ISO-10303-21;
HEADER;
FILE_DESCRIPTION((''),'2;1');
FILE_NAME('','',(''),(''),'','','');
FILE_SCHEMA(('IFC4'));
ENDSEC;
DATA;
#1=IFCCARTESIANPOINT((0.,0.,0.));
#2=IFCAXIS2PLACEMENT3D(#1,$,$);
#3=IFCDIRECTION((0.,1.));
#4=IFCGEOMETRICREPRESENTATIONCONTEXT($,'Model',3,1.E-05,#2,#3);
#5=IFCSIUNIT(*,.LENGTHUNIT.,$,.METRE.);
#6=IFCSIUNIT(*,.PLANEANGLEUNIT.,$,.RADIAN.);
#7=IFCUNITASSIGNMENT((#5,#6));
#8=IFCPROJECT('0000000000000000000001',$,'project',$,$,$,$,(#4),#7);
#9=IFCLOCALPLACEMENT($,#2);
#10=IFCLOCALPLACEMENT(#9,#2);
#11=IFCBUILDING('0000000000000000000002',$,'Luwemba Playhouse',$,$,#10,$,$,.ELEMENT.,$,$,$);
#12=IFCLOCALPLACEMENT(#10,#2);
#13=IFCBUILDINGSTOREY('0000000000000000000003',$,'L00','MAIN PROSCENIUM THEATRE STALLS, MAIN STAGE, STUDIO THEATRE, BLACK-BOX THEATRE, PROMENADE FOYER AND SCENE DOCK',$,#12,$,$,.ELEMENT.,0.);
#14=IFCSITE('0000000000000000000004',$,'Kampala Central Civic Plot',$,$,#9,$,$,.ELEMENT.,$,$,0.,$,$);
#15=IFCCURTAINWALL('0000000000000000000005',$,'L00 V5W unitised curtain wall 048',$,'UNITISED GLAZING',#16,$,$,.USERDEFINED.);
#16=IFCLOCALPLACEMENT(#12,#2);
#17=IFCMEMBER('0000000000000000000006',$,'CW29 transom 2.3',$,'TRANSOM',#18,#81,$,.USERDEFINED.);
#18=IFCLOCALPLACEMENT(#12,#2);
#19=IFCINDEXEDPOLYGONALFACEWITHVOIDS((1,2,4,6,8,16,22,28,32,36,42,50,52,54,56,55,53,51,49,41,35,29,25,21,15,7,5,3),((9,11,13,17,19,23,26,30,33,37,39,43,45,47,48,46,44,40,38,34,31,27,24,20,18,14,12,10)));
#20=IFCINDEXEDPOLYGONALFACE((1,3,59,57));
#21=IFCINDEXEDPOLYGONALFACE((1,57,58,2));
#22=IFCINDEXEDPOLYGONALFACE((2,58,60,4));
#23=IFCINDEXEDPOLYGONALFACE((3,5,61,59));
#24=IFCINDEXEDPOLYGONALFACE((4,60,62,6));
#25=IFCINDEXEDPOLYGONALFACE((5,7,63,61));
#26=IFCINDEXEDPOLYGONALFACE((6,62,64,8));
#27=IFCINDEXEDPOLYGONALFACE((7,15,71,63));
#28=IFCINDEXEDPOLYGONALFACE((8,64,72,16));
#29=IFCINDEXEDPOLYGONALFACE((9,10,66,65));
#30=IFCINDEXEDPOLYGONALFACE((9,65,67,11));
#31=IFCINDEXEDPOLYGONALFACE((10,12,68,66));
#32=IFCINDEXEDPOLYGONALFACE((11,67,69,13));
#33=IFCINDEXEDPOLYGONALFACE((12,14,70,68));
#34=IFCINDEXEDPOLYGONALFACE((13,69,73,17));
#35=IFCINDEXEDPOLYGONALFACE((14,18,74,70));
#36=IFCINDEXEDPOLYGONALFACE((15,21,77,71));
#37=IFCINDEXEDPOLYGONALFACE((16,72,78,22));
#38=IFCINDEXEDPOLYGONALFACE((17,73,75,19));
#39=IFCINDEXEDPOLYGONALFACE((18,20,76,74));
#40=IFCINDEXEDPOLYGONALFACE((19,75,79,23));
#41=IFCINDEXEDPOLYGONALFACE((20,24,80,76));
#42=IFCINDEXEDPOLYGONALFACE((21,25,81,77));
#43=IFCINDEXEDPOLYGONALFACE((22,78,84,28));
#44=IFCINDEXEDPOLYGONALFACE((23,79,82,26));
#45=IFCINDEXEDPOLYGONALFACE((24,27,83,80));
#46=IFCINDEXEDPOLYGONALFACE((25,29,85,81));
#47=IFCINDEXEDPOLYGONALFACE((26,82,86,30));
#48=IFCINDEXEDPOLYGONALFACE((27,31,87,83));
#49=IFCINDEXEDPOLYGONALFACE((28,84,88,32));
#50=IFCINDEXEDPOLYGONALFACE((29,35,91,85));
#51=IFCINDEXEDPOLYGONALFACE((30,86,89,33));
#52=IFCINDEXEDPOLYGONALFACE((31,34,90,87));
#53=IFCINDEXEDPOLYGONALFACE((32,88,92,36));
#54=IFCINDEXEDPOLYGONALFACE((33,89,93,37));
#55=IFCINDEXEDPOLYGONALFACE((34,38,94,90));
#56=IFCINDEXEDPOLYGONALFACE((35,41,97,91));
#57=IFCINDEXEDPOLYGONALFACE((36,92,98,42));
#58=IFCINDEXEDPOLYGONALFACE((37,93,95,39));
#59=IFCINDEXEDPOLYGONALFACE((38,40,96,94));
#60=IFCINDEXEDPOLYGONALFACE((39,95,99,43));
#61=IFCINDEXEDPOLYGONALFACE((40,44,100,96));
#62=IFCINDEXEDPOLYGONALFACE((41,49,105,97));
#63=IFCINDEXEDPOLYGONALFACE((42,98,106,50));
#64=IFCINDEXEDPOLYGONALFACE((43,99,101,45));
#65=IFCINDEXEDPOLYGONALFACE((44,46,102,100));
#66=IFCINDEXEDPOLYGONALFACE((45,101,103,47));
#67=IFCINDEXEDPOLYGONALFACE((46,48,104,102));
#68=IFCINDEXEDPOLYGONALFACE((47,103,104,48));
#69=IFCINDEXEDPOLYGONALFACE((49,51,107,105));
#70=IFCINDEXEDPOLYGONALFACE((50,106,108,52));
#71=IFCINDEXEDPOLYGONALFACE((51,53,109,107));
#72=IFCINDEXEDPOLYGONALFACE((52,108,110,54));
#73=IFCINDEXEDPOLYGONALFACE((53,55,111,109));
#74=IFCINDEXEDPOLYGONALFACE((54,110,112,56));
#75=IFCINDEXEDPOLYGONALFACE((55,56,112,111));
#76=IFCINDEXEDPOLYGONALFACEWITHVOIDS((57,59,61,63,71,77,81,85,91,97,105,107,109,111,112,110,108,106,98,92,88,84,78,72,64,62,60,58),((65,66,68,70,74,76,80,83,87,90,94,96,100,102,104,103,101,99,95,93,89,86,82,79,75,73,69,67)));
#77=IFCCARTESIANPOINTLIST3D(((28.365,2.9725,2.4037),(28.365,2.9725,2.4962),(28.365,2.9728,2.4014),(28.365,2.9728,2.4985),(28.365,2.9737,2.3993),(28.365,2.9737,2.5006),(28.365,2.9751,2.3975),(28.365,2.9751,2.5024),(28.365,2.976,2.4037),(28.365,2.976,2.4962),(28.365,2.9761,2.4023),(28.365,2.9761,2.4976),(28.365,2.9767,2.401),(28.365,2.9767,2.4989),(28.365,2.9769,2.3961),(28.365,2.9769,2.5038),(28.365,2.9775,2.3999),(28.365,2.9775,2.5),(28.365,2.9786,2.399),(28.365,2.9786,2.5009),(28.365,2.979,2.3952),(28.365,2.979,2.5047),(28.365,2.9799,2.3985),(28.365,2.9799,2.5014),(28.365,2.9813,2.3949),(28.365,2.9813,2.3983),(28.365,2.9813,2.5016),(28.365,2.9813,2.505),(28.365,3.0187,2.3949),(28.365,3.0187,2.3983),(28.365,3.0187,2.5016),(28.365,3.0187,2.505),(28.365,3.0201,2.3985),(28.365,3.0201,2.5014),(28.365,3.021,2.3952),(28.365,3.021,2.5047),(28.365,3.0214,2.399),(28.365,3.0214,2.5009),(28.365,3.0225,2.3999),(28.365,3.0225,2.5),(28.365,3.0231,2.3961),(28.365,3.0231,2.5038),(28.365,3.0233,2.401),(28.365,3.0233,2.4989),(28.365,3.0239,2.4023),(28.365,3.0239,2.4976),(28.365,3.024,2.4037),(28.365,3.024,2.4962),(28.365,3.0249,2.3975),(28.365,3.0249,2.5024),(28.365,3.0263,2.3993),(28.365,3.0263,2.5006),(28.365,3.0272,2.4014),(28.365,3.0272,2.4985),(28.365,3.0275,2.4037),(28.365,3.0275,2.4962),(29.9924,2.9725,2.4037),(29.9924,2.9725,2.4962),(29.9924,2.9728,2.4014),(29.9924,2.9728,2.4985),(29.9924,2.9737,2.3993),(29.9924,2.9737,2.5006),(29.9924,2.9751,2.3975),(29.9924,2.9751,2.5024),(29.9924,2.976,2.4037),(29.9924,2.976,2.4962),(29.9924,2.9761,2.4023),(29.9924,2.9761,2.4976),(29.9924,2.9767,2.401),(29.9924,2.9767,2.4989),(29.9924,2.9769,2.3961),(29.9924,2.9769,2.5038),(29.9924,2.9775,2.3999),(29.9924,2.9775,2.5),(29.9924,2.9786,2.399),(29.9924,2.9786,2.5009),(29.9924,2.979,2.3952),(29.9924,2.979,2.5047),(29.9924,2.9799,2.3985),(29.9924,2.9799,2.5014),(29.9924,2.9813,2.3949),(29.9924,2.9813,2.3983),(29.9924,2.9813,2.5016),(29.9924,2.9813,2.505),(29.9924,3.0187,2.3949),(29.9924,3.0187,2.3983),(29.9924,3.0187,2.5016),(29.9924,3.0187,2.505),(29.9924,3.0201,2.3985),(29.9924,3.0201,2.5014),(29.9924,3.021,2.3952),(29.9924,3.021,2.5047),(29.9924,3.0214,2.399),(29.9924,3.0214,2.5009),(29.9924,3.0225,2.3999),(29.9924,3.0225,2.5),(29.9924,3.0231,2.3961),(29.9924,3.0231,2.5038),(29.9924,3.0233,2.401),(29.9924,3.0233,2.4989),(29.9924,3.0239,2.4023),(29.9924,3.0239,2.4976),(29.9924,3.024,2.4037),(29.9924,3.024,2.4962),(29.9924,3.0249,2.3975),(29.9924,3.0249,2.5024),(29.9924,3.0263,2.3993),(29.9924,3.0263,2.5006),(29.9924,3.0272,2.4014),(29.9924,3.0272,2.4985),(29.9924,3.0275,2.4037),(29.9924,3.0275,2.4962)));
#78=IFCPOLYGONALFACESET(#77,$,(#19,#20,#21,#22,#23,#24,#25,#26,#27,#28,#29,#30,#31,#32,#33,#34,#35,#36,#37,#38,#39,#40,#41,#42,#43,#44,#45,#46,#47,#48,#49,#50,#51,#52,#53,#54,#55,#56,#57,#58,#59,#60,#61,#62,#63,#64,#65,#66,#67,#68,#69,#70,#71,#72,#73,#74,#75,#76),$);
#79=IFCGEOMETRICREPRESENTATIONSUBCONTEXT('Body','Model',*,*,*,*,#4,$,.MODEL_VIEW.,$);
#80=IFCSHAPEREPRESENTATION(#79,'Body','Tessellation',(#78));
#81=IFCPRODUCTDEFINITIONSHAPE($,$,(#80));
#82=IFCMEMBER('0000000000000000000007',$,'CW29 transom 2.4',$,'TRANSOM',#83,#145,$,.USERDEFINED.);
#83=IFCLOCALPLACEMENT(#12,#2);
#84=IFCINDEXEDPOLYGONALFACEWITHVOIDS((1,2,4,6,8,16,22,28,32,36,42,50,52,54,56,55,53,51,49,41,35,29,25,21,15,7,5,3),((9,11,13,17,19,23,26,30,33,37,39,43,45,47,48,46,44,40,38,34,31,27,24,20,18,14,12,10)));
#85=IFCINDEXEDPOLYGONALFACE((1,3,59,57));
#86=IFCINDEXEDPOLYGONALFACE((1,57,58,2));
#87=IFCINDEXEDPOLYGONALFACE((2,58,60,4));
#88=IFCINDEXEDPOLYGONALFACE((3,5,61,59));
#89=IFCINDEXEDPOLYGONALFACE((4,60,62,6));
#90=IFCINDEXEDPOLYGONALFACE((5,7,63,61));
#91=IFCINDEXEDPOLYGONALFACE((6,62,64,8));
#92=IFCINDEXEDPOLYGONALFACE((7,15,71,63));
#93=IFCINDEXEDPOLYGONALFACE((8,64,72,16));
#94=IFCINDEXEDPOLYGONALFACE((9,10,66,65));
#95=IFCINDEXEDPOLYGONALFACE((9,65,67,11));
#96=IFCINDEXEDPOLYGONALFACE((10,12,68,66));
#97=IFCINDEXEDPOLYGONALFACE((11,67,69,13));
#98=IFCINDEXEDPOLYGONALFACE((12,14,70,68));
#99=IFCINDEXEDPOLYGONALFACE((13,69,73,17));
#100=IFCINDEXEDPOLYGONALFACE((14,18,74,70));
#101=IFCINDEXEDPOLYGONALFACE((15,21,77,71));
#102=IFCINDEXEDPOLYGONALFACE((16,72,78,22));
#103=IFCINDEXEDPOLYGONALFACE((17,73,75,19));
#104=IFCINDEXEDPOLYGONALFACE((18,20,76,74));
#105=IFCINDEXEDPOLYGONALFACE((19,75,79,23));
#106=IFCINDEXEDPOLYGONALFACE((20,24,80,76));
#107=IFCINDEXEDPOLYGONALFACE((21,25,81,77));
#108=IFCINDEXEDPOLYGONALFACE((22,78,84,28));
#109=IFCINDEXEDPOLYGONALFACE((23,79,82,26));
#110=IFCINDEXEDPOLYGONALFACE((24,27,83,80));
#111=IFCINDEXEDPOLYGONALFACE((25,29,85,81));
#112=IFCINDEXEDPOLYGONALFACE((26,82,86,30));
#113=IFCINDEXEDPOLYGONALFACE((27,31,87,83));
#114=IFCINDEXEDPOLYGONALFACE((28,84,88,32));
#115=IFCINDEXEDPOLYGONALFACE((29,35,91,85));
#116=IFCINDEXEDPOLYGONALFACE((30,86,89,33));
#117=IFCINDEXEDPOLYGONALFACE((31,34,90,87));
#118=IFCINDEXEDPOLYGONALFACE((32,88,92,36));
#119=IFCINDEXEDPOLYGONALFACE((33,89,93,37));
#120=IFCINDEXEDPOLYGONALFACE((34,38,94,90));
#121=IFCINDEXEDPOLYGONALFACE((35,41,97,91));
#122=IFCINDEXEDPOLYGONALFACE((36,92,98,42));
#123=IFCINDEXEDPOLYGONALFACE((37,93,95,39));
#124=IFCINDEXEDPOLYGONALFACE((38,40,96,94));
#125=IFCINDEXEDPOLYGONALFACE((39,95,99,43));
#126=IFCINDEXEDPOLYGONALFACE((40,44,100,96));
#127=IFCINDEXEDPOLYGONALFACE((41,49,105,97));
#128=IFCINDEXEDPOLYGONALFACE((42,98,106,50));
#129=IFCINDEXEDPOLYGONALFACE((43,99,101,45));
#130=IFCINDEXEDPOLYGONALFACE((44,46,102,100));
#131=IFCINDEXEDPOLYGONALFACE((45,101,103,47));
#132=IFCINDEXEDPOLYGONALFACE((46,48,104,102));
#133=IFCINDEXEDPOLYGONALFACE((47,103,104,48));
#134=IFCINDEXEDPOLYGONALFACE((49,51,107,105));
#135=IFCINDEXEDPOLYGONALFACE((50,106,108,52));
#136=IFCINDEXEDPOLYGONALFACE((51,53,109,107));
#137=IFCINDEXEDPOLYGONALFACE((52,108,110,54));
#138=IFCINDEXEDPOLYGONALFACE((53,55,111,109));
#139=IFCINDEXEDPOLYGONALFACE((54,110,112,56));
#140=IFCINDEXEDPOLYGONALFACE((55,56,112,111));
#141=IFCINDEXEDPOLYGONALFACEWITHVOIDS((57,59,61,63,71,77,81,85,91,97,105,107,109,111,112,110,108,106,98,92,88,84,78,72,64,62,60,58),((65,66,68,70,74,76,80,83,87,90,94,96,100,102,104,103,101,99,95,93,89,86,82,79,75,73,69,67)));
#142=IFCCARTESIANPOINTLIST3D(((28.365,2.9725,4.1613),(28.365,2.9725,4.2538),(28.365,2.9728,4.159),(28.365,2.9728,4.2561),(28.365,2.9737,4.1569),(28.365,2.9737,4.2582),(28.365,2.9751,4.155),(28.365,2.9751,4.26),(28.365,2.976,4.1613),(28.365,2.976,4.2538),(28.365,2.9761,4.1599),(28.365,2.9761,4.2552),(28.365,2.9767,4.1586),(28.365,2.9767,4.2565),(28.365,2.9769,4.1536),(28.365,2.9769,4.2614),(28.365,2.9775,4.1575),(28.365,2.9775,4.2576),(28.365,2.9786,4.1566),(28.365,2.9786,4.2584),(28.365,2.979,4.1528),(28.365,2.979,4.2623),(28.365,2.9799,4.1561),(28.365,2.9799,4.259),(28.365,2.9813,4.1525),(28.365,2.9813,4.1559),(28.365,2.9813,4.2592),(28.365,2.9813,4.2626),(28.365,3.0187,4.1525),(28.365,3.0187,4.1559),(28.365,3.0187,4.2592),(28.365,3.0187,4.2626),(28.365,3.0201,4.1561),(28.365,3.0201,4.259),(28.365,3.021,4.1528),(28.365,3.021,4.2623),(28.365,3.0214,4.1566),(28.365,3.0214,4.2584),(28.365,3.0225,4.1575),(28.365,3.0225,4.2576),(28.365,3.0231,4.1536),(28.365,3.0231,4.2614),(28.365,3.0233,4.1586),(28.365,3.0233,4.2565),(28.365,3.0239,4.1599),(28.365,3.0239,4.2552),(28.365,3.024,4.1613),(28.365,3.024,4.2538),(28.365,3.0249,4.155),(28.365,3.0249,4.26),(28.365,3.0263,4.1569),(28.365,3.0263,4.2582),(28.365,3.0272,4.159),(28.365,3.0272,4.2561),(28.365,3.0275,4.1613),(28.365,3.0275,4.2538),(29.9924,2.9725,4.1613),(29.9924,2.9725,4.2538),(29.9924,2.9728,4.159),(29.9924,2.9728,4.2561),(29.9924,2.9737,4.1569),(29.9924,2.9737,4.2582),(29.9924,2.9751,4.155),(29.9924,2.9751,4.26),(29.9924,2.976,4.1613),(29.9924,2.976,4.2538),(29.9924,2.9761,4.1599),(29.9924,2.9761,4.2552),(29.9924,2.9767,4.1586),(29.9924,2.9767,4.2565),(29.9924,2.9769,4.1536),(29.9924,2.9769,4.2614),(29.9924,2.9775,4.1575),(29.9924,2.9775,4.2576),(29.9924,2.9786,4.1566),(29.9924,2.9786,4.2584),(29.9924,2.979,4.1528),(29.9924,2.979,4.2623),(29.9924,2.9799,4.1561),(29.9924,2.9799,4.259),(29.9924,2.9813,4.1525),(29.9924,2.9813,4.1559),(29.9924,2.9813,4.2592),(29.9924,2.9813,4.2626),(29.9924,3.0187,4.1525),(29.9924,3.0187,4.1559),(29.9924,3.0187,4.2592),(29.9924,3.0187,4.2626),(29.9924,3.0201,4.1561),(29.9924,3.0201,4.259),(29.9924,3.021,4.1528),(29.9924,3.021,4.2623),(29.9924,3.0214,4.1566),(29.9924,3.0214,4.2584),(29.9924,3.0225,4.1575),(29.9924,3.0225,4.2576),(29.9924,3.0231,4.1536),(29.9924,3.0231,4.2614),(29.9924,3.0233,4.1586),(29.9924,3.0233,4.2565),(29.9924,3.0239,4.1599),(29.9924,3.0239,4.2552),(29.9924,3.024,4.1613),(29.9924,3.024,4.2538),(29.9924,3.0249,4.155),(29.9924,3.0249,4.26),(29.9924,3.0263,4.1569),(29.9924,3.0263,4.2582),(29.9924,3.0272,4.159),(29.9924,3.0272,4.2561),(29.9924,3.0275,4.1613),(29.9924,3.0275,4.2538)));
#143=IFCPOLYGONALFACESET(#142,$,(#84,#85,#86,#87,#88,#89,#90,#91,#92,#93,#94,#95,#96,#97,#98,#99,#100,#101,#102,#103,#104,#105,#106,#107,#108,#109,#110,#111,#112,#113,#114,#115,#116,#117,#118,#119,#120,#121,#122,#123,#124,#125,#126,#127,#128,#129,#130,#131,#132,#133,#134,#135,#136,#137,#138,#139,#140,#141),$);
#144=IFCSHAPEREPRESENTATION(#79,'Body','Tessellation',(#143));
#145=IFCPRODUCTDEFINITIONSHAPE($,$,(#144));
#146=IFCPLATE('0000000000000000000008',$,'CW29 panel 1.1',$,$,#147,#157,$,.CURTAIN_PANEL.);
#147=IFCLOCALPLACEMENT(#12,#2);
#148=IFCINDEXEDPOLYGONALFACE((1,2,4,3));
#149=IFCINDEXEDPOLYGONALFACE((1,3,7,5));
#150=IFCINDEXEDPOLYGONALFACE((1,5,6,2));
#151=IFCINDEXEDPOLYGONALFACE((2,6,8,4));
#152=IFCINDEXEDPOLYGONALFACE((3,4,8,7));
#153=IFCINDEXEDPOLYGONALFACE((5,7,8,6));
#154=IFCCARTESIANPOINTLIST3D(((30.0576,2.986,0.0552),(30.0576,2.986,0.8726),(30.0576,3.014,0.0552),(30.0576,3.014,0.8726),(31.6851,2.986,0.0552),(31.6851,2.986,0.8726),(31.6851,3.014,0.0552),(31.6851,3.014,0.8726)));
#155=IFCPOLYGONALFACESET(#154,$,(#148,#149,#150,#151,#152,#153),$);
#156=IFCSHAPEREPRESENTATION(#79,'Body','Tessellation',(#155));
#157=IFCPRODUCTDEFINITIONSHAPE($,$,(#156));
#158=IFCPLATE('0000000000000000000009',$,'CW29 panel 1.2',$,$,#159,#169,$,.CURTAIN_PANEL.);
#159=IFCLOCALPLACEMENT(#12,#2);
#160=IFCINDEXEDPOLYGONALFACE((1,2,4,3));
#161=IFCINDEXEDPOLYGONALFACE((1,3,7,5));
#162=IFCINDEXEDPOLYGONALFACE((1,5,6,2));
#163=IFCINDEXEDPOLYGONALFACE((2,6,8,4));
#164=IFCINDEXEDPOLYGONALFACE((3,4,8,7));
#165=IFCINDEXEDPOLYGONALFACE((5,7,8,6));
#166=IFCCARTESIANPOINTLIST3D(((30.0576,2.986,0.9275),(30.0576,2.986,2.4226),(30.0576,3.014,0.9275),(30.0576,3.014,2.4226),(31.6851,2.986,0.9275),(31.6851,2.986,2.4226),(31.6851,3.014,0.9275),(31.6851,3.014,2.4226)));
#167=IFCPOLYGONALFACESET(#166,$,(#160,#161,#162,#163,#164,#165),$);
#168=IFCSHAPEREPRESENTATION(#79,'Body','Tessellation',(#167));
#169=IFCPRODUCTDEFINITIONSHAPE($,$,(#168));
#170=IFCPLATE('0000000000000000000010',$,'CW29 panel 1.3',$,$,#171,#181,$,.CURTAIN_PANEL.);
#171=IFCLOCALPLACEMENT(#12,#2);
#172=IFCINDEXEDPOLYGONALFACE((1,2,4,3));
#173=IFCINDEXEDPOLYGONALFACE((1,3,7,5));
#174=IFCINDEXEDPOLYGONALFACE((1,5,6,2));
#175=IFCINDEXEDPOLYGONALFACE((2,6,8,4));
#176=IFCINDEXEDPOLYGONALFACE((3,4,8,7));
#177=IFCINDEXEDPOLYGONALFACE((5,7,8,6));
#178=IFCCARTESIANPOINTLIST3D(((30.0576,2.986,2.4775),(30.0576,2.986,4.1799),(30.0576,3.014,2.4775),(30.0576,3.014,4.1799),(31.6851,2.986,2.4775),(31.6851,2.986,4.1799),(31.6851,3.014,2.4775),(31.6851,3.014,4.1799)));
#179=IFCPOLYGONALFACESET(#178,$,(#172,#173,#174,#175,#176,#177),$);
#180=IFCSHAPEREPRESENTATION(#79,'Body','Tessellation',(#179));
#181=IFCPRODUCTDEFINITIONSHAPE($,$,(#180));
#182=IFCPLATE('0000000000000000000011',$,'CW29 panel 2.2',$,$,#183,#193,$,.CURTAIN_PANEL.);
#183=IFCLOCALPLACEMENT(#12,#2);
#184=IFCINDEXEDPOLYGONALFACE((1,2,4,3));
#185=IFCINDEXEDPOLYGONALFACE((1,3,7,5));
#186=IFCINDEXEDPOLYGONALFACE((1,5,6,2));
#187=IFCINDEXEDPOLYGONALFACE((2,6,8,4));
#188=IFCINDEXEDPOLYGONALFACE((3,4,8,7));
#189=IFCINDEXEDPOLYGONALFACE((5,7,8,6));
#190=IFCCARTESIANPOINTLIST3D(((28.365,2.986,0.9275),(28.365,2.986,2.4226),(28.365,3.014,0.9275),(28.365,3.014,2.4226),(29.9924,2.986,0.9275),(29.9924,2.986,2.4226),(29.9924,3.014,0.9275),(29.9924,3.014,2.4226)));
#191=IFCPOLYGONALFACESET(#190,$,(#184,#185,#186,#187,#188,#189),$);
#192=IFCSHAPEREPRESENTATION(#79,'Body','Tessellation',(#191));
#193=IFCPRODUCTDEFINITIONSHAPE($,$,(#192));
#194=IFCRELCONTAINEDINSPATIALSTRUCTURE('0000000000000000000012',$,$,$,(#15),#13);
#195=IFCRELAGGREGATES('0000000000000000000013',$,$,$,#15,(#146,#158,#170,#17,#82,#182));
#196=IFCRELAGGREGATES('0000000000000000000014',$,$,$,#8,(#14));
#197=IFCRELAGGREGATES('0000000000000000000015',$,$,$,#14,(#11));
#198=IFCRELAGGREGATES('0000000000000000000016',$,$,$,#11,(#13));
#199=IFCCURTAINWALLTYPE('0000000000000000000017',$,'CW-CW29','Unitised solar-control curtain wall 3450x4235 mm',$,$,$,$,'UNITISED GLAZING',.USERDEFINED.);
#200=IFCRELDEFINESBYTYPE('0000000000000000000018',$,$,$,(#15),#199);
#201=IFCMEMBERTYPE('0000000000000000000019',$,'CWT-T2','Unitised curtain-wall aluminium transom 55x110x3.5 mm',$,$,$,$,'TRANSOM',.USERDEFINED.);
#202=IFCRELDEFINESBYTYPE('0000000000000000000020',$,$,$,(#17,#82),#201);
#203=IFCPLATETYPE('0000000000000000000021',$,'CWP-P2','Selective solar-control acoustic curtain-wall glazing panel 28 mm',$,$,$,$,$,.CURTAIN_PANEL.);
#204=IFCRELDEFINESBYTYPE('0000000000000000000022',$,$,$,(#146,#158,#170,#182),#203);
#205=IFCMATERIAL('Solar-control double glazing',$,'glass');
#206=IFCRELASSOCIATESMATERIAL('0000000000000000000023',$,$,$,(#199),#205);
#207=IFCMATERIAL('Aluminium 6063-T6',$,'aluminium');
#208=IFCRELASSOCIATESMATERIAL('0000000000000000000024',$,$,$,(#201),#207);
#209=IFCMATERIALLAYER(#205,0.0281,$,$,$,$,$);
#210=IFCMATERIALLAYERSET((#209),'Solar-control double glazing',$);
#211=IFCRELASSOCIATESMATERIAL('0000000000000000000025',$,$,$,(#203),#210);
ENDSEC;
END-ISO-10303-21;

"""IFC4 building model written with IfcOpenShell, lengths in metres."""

from ifc_helpers import new_model, si_unit, direction, frame, origin, origin_2d, place, context, subcontext, project, spatial, rectangle, hollow_rectangle, extrude, material, layer, layer_set, material_profile, profile_set, type_object, element, aggregate, save


model = new_model("IFC4")

# Units and contexts
model_context = context("Model", 3, precision=1e-05, world=origin(), true_north=direction((0.0, 1.0)))
body_context = subcontext(model_context, "Body", "Model", "MODEL_VIEW")
ifc_project = project(units=[si_unit("LENGTHUNIT", "METRE"), si_unit("PLANEANGLEUNIT", "RADIAN")], contexts=[model_context])

# Site, building, storey
site_placement = place(None, origin())
site = spatial("IfcSite", under=ifc_project, at=site_placement, Name="Kampala Central Civic Plot", CompositionType="ELEMENT", RefElevation=0.0)
building_placement = place(site_placement, origin())
building = spatial("IfcBuilding", under=site, at=building_placement, Name="Luwemba Playhouse", CompositionType="ELEMENT")
storey_placement = place(building_placement, origin())
storey = spatial("IfcBuildingStorey", under=building, at=storey_placement, Name="L00", Description="MAIN PROSCENIUM THEATRE STALLS, MAIN STAGE, STUDIO THEATRE, BLACK-BOX THEATRE, PROMENADE FOYER AND SCENE DOCK", CompositionType="ELEMENT", Elevation=0.0)

# Curtain wall, members, plates
ifc_material_1 = material(Name="Solar-control double glazing", Category="glass")
curtain_wall_type = type_object("IfcCurtainWallType", Name="CW-CW29", Description="Unitised solar-control curtain wall 3450x4235 mm", ElementType="UNITISED GLAZING", PredefinedType="USERDEFINED", material=ifc_material_1)
curtain_wall_placement = place(storey_placement, origin())
curtain_wall = element("IfcCurtainWall", 1, at=curtain_wall_placement, inside=storey, type_object=curtain_wall_type, Name="L00 V5W unitised curtain wall 048", ObjectType="UNITISED GLAZING", PredefinedType="USERDEFINED")
ifc_material_2 = material(Name="Aluminium 6063-T6", Category="aluminium")
ifc_material_profile_1 = material_profile(ifc_material_2, hollow_rectangle(XDim=0.0549, YDim=0.1101, WallThickness=0.0034, InnerFilletRadius=0.0054, OuterFilletRadius=0.0088, at=origin_2d()))
ifc_profile_set_1 = profile_set([ifc_material_profile_1], Name="Aluminium 6063-T6")
member_type_1 = type_object("IfcMemberType", Name="CWT-T2", Description="Unitised curtain-wall aluminium transom 55x110x3.5 mm", ElementType="TRANSOM", PredefinedType="USERDEFINED", material=ifc_profile_set_1)
member_1_placement = place(storey_placement, frame((29.9924, 3.0, 2.45), z_axis=(-1.0, 0.0, 0.0), x_axis=(0.0, -1.0, 0.0)))
member_1 = element("IfcMember", 2, at=member_1_placement, type_object=member_type_1, Name="CW29 transom 2.3", ObjectType="TRANSOM", PredefinedType="USERDEFINED", context=body_context, shape_type="SweptSolid", body=[
    extrude(hollow_rectangle(XDim=0.0549, YDim=0.1101, WallThickness=0.0034, InnerFilletRadius=0.0054, OuterFilletRadius=0.0088, at=origin_2d()), origin(), (0.0, 0.0, 1.0), 1.6274),
])
member_2_placement = place(storey_placement, frame((29.9924, 3.0, 4.2075), z_axis=(-1.0, 0.0, 0.0), x_axis=(0.0, -1.0, 0.0)))
member_2 = element("IfcMember", 3, at=member_2_placement, type_object=member_type_1, Name="CW29 transom 2.4", ObjectType="TRANSOM", PredefinedType="USERDEFINED", context=body_context, shape_type="SweptSolid", body=[
    extrude(hollow_rectangle(XDim=0.0549, YDim=0.1101, WallThickness=0.0034, InnerFilletRadius=0.0054, OuterFilletRadius=0.0088, at=origin_2d()), origin(), (0.0, 0.0, 1.0), 1.6274),
])
ifc_layer_1 = layer(ifc_material_1, 0.0281)
ifc_layer_set_1 = layer_set([ifc_layer_1], Name="Solar-control double glazing")
plate_type = type_object("IfcPlateType", Name="CWP-P2", Description="Selective solar-control acoustic curtain-wall glazing panel 28 mm", PredefinedType="CURTAIN_PANEL", material=ifc_layer_set_1)
plate_1_placement = place(storey_placement, frame((30.8713, 3.0, 0.0552), z_axis=(0.0, 0.0, 1.0), x_axis=(-1.0, 0.0, 0.0)))
plate_1 = element("IfcPlate", 4, at=plate_1_placement, type_object=plate_type, Name="CW29 panel 1.1", PredefinedType="CURTAIN_PANEL", context=body_context, shape_type="SweptSolid", body=[
    extrude(rectangle(XDim=1.6274, YDim=0.0281, at=origin_2d()), origin(), (0.0, 0.0, 1.0), 0.8174),
])
plate_2_placement = place(storey_placement, frame((30.8713, 3.0, 0.9275), z_axis=(0.0, 0.0, 1.0), x_axis=(-1.0, 0.0, 0.0)))
plate_2 = element("IfcPlate", 5, at=plate_2_placement, type_object=plate_type, Name="CW29 panel 1.2", PredefinedType="CURTAIN_PANEL", context=body_context, shape_type="SweptSolid", body=[
    extrude(rectangle(XDim=1.6274, YDim=0.0281, at=origin_2d()), origin(), (0.0, 0.0, 1.0), 1.4951),
])
plate_3_placement = place(storey_placement, frame((30.8713, 3.0, 2.4775), z_axis=(0.0, 0.0, 1.0), x_axis=(-1.0, 0.0, 0.0)))
plate_3 = element("IfcPlate", 6, at=plate_3_placement, type_object=plate_type, Name="CW29 panel 1.3", PredefinedType="CURTAIN_PANEL", context=body_context, shape_type="SweptSolid", body=[
    extrude(rectangle(XDim=1.6274, YDim=0.0281, at=origin_2d()), origin(), (0.0, 0.0, 1.0), 1.7024),
])
plate_4_placement = place(storey_placement, frame((29.1787, 3.0, 0.9275), z_axis=(0.0, 0.0, 1.0), x_axis=(-1.0, 0.0, 0.0)))
plate_4 = element("IfcPlate", 7, at=plate_4_placement, type_object=plate_type, Name="CW29 panel 2.2", PredefinedType="CURTAIN_PANEL", context=body_context, shape_type="SweptSolid", body=[
    extrude(rectangle(XDim=1.6274, YDim=0.0281, at=origin_2d()), origin(), (0.0, 0.0, 1.0), 1.4951),
])
aggregate(curtain_wall, [plate_1, plate_2, plate_3, member_1, member_2, plate_4])

save(model, "model.ifc")
